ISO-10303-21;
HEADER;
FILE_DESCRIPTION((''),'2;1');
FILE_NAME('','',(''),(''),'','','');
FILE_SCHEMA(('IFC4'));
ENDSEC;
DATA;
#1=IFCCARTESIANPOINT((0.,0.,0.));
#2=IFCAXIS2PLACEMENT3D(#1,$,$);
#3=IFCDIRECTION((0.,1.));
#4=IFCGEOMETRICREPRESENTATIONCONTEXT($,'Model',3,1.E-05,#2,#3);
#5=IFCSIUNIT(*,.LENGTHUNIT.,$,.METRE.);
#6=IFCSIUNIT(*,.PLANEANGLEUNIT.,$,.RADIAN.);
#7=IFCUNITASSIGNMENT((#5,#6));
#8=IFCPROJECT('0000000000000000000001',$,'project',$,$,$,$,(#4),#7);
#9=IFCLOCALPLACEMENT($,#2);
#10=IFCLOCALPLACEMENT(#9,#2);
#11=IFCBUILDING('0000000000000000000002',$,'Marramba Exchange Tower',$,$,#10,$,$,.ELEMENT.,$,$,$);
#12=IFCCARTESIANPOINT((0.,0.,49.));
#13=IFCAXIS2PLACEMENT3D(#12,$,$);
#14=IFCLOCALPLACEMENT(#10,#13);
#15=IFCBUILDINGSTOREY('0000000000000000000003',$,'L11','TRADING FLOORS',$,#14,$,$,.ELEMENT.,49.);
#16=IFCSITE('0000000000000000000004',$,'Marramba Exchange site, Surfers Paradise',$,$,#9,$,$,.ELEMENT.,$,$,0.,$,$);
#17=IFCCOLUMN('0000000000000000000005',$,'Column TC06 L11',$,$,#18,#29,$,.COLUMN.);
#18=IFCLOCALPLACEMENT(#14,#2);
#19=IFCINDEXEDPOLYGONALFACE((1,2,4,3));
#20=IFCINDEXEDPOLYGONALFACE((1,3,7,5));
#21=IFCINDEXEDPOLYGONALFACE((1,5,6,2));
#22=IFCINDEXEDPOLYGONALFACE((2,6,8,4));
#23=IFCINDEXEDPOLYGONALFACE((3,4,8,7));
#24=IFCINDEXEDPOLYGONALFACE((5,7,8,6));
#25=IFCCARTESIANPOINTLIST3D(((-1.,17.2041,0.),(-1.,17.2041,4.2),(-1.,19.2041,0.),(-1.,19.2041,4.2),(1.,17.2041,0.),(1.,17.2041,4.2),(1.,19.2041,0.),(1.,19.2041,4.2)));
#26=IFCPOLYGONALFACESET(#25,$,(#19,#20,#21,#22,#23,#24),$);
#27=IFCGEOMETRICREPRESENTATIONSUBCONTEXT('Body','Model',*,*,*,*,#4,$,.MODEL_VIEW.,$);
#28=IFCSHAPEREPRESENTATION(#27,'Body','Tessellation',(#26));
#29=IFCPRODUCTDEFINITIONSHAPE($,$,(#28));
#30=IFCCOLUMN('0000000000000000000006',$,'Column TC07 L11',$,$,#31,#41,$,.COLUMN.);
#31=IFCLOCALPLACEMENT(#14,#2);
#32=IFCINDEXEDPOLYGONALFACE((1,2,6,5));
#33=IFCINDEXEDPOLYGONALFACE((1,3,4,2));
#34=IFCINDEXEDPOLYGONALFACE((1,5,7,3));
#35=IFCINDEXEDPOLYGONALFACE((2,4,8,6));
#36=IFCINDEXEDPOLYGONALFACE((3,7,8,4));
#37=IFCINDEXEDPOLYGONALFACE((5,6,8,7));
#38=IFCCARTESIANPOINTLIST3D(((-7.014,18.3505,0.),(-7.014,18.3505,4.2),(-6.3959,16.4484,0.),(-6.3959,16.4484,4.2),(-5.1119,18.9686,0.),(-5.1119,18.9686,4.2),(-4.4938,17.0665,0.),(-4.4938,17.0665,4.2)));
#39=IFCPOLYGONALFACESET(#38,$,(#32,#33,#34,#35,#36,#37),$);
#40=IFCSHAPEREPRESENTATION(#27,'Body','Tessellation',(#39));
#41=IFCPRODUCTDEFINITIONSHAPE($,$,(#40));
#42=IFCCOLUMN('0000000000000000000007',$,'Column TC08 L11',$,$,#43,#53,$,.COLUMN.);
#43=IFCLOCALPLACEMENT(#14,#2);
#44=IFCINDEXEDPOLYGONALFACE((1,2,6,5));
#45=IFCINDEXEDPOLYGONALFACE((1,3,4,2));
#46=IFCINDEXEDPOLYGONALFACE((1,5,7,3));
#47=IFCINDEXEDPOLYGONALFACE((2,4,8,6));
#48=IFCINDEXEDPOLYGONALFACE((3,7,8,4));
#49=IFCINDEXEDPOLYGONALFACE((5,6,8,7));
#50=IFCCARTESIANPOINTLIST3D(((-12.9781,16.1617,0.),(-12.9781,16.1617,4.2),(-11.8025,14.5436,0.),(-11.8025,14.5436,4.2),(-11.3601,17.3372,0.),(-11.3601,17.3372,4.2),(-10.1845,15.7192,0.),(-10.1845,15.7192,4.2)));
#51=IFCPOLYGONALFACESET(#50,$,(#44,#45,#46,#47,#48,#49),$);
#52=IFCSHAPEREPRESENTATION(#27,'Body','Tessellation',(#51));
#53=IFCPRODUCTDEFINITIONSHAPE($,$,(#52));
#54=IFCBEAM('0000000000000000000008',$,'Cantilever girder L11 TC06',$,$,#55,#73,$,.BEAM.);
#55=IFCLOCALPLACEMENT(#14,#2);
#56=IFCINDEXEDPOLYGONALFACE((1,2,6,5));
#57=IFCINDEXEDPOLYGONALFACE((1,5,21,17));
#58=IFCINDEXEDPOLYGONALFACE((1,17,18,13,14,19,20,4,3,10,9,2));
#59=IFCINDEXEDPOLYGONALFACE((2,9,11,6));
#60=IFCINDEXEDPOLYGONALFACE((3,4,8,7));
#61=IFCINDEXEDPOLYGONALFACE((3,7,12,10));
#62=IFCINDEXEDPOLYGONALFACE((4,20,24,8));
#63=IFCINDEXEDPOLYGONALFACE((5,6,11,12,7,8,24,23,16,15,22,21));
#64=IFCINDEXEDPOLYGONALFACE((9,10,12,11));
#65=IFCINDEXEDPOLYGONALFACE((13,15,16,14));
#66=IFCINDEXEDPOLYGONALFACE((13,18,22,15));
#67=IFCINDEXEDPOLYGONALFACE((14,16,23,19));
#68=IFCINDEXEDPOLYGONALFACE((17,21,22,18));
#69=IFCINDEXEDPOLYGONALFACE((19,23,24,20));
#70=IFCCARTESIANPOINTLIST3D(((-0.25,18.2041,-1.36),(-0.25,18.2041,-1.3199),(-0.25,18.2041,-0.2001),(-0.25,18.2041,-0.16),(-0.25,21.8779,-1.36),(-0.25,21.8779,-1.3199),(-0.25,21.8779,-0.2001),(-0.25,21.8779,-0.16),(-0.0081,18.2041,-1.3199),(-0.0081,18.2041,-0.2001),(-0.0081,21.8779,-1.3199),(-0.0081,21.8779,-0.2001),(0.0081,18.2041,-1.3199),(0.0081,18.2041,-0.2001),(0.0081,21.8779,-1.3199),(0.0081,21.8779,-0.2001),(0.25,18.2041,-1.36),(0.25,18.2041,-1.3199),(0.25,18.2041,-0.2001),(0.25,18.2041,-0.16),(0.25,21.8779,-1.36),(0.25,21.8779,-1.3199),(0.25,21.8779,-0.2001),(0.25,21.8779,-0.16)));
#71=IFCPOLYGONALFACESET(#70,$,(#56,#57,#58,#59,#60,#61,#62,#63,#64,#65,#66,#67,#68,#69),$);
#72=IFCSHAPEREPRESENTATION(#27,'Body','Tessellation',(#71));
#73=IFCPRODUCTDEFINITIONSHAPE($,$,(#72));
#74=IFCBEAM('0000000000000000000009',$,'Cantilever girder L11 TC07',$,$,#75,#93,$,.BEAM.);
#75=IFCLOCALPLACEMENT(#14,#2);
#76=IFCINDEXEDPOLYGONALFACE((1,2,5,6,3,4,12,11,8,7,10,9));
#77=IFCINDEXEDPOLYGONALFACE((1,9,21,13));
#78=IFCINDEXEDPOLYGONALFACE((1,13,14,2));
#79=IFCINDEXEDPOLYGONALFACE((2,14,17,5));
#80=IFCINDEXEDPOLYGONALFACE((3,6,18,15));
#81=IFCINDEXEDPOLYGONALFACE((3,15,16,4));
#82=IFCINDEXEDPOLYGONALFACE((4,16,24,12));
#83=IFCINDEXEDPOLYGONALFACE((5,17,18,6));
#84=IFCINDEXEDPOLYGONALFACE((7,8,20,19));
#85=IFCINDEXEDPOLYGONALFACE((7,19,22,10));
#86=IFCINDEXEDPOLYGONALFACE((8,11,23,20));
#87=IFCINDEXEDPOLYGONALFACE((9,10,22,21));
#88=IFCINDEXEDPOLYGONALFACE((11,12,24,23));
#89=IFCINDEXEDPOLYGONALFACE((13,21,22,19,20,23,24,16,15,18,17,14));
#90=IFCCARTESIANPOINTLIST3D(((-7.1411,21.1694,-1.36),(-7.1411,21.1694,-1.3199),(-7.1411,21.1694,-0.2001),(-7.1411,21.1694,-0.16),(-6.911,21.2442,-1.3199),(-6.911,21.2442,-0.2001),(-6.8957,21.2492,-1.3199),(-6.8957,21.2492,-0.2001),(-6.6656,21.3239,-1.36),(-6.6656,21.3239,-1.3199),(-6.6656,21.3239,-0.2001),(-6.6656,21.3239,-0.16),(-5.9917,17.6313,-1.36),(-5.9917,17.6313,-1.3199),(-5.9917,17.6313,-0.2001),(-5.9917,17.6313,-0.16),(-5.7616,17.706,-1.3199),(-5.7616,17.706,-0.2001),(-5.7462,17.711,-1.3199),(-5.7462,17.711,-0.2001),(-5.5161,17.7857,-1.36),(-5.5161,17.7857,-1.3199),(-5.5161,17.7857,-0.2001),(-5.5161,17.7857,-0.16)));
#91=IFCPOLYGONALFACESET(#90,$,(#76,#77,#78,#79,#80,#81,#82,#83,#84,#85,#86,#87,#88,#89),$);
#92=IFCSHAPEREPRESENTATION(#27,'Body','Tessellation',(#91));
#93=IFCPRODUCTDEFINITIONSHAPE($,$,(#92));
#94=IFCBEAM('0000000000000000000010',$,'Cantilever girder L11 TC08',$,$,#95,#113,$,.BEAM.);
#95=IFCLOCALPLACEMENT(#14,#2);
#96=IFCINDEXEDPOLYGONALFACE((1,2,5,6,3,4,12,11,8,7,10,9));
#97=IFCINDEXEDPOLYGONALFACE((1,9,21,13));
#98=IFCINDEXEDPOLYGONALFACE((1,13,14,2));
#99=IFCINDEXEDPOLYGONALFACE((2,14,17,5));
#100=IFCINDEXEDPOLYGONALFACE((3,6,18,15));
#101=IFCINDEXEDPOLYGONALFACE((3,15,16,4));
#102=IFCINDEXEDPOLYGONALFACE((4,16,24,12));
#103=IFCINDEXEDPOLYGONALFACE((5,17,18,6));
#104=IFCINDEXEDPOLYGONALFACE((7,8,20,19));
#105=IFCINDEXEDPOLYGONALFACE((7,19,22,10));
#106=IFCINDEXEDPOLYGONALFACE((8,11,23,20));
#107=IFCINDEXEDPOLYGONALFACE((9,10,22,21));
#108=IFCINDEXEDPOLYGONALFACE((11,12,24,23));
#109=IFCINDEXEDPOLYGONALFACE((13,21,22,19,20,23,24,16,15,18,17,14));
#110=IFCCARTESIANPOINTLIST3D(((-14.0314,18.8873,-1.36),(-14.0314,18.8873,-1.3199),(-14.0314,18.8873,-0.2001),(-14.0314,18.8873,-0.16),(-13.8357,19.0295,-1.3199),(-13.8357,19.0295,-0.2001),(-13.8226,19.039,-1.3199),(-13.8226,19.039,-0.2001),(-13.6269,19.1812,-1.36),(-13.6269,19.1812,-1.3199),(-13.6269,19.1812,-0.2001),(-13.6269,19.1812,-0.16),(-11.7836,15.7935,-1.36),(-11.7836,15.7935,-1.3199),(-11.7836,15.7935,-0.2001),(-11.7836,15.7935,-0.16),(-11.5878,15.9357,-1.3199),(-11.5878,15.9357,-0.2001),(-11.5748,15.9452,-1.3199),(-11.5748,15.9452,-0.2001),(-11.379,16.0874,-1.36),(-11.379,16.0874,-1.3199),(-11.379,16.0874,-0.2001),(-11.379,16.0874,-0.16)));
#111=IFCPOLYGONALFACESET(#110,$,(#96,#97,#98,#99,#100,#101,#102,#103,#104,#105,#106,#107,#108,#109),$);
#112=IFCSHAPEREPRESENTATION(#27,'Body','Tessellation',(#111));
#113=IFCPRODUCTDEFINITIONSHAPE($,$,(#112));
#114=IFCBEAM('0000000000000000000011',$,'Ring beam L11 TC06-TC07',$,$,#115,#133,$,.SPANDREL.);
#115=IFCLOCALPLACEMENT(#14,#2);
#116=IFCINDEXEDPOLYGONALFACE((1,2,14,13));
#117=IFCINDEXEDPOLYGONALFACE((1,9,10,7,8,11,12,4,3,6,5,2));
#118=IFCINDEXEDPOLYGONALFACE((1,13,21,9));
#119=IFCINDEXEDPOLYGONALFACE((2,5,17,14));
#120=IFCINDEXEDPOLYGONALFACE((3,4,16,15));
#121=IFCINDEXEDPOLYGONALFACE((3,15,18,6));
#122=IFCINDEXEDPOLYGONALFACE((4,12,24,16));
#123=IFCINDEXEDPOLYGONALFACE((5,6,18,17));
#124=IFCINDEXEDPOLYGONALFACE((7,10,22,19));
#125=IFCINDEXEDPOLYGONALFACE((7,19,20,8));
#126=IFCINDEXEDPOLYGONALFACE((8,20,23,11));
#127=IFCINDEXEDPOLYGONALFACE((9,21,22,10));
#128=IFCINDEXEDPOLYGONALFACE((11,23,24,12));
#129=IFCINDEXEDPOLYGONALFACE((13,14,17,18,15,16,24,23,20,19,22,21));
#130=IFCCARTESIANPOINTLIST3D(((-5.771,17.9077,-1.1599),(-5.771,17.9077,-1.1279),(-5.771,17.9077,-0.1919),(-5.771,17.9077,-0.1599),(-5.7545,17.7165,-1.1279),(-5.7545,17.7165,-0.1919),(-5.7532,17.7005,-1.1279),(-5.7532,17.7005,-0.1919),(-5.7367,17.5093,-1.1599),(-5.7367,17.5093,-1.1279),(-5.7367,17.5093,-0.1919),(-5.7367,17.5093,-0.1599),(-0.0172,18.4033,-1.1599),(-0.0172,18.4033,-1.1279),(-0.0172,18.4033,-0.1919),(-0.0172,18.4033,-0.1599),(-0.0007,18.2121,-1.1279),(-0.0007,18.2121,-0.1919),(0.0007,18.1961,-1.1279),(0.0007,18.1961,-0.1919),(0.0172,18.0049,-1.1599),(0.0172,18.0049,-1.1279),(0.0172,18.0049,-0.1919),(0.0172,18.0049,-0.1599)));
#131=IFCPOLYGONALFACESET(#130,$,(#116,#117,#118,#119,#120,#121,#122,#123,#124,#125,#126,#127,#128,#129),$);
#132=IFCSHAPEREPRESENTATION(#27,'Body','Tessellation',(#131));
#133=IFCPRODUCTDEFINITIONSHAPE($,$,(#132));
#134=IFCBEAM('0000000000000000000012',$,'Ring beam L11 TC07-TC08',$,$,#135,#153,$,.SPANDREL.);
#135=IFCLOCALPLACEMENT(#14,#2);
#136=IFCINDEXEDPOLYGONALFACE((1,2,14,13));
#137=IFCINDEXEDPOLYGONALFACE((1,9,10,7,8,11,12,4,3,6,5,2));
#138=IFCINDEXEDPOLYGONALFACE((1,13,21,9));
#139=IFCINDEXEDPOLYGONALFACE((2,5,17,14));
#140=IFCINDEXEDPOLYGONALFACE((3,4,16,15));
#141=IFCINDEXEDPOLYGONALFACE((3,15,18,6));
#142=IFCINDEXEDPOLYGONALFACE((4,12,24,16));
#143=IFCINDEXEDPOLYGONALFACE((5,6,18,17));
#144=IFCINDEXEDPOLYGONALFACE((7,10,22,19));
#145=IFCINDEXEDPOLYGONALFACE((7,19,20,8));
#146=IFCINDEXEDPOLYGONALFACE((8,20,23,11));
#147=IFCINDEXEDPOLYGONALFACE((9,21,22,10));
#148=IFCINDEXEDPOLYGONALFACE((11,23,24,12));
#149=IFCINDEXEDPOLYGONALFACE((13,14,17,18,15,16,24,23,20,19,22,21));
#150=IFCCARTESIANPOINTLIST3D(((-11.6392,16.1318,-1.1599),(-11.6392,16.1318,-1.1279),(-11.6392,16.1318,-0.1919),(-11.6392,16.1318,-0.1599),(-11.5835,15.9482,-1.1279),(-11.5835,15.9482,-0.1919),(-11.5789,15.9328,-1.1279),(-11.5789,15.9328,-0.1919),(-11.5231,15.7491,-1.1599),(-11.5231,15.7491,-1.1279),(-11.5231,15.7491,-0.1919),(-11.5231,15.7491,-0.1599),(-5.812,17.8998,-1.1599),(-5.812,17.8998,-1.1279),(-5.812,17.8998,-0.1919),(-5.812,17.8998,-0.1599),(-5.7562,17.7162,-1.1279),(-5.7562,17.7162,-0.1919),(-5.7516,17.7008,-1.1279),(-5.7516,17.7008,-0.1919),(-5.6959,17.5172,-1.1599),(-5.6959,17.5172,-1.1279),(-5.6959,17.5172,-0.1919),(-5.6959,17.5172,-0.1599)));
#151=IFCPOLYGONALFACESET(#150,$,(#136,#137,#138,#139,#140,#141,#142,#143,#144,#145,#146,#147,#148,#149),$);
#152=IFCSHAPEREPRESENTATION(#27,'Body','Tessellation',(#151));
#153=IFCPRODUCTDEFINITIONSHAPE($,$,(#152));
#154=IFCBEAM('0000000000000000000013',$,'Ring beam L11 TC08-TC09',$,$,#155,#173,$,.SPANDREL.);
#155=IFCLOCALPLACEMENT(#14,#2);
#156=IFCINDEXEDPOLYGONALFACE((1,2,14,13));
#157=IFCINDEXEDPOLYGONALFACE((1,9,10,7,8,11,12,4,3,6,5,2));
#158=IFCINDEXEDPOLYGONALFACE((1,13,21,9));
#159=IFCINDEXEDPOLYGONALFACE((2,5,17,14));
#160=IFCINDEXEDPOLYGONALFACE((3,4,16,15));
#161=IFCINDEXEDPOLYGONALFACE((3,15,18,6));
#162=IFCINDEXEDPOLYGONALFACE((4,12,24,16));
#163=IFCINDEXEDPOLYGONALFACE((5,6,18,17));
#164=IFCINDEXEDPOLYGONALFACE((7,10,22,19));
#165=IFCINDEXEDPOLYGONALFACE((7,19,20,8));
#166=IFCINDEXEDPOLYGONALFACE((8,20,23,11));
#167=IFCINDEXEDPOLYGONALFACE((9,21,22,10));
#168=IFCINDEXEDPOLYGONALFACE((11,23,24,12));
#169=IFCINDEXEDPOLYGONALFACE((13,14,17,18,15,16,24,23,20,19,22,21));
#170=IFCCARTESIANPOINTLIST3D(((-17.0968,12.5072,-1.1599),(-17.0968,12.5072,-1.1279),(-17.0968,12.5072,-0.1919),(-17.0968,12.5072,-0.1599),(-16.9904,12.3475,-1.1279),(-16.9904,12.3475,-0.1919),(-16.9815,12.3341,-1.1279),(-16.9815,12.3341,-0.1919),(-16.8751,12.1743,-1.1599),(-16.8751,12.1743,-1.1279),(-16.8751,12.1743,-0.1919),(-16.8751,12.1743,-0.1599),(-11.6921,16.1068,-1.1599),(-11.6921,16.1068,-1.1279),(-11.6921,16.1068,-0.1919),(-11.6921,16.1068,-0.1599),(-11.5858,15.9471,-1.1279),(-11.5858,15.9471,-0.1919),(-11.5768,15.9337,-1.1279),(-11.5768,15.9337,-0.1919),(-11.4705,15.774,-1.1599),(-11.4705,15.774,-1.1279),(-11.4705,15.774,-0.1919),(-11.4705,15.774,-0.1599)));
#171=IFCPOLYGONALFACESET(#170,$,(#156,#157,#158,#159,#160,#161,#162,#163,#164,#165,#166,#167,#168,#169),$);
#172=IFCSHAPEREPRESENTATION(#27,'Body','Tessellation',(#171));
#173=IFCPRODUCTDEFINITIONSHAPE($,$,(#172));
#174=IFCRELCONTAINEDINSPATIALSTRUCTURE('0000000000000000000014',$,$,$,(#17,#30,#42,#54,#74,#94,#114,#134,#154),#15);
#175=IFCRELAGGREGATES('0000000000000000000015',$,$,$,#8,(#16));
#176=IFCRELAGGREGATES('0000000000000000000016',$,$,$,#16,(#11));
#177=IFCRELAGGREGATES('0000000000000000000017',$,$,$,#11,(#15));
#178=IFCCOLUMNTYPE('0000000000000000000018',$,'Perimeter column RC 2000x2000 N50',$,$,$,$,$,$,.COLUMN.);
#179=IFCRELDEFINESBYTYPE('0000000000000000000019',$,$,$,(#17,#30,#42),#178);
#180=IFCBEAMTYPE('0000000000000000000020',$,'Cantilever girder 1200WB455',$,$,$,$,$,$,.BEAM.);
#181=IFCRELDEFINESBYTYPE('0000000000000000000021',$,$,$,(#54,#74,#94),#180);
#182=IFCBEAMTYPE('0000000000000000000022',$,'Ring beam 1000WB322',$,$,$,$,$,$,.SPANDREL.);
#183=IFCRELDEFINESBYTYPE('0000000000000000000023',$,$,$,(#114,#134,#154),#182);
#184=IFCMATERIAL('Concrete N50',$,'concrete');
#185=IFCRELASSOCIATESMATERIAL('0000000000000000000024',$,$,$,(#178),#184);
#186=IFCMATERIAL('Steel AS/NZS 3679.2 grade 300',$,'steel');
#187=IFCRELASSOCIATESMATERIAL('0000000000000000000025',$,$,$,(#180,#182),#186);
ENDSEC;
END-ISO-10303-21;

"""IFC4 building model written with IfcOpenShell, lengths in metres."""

from ifc_helpers import new_model, si_unit, direction, frame, origin, origin_2d, place, context, subcontext, project, spatial, rectangle, i_section, extrude, material, material_profile, profile_set, type_object, element, save


model = new_model("IFC4")

# Units and contexts
model_context = context("Model", 3, precision=1e-05, world=origin(), true_north=direction((0.0, 1.0)))
body_context = subcontext(model_context, "Body", "Model", "MODEL_VIEW")
ifc_project = project(units=[si_unit("LENGTHUNIT", "METRE"), si_unit("PLANEANGLEUNIT", "RADIAN")], contexts=[model_context])

# Site, building, storey
site_placement = place(None, origin())
site = spatial("IfcSite", under=ifc_project, at=site_placement, Name="Marramba Exchange site, Surfers Paradise", CompositionType="ELEMENT", RefElevation=0.0)
building_placement = place(site_placement, origin())
building = spatial("IfcBuilding", under=site, at=building_placement, Name="Marramba Exchange Tower", CompositionType="ELEMENT")
storey_placement = place(building_placement, frame((0.0, 0.0, 49.0)))
storey = spatial("IfcBuildingStorey", under=building, at=storey_placement, Name="L11", Description="TRADING FLOORS", CompositionType="ELEMENT", Elevation=49.0)

# Columns
ifc_material_1 = material(Name="Concrete N50", Category="concrete")
ifc_material_profile_1 = material_profile(ifc_material_1, rectangle(XDim=2.0, YDim=2.0, at=origin_2d()), Name="RC 2000x2000")
ifc_profile_set_1 = profile_set([ifc_material_profile_1], Name="Concrete N50")
column_type = type_object("IfcColumnType", Name="Perimeter column RC 2000x2000 N50", PredefinedType="COLUMN", material=ifc_profile_set_1)
for number, where, z_axis, x_axis, name in (
    (1, (0.0, 18.2041, 0.0), (0.0, 0.0, 1.0), (0.0, 1.0, 0.0), "Column TC06 L11"),
    (2, (-5.7539, 17.7085, 0.0), (0.0, 0.0, 1.0), (-0.309017, 0.951057, 0.0), "Column TC07 L11"),
    (3, (-11.5813, 15.9404, 0.0), (0.0, 0.0, 1.0), (-0.587785, 0.809017, 0.0), "Column TC08 L11"),
):
    element("IfcColumn", number, at=place(storey_placement, frame(where, z_axis=z_axis, x_axis=x_axis)), inside=storey, type_object=column_type, Name=name, PredefinedType="COLUMN", context=body_context, shape_type="SweptSolid", body=[
        extrude(rectangle(XDim=2.0, YDim=2.0, at=origin_2d()), origin(), (0.0, 0.0, 1.0), 4.2),
    ])

# Beams
ifc_material_2 = material(Name="Steel AS/NZS 3679.2 grade 300", Category="steel")
ifc_material_profile_2 = material_profile(ifc_material_2, i_section(OverallWidth=0.5, OverallDepth=1.2, WebThickness=0.0161, FlangeThickness=0.04, at=origin_2d()), Name="1200WB455")
ifc_profile_set_2 = profile_set([ifc_material_profile_2], Name="Steel AS/NZS 3679.2 grade 300")
beam_type_1 = type_object("IfcBeamType", Name="Cantilever girder 1200WB455", PredefinedType="BEAM", material=ifc_profile_set_2)
beam_1_placement = place(storey_placement, frame((0.0, 18.2041, -0.76), z_axis=(0.0, 1.0, 0.0), x_axis=(-1.0, 0.0, 0.0)))
element("IfcBeam", 4, at=beam_1_placement, inside=storey, type_object=beam_type_1, Name="Cantilever girder L11 TC06", PredefinedType="BEAM", context=body_context, shape_type="SweptSolid", body=[
    extrude(i_section(OverallWidth=0.5, OverallDepth=1.2, WebThickness=0.0161, FlangeThickness=0.04, at=origin_2d()), origin(), (0.0, 0.0, 1.0), 3.6738),
])
beam_2_placement = place(storey_placement, frame((-5.7539, 17.7085, -0.76), z_axis=(-0.308973, 0.951071, 0.0), x_axis=(-0.951071, -0.308973, 0.0)))
element("IfcBeam", 5, at=beam_2_placement, inside=storey, type_object=beam_type_1, Name="Cantilever girder L11 TC07", PredefinedType="BEAM", context=body_context, shape_type="SweptSolid", body=[
    extrude(i_section(OverallWidth=0.5, OverallDepth=1.2, WebThickness=0.0161, FlangeThickness=0.04, at=origin_2d()), origin(), (0.0, 0.0, 1.0), 3.7202),
])
beam_3_placement = place(storey_placement, frame((-11.5813, 15.9404, -0.76), z_axis=(-0.587796, 0.809009, 0.0), x_axis=(-0.809009, -0.587796, 0.0)))
element("IfcBeam", 6, at=beam_3_placement, inside=storey, type_object=beam_type_1, Name="Cantilever girder L11 TC08", PredefinedType="BEAM", context=body_context, shape_type="SweptSolid", body=[
    extrude(i_section(OverallWidth=0.5, OverallDepth=1.2, WebThickness=0.0161, FlangeThickness=0.04, at=origin_2d()), origin(), (0.0, 0.0, 1.0), 3.8242),
])
ifc_material_profile_3 = material_profile(ifc_material_2, i_section(OverallWidth=0.3999, OverallDepth=1.0, WebThickness=0.0161, FlangeThickness=0.032, at=origin_2d()), Name="1000WB322")
ifc_profile_set_3 = profile_set([ifc_material_profile_3], Name="Steel AS/NZS 3679.2 grade 300")
beam_type_2 = type_object("IfcBeamType", Name="Ring beam 1000WB322", PredefinedType="SPANDREL", material=ifc_profile_set_3)
beam_4_placement = place(storey_placement, frame((0.0, 18.2041, -0.6599), z_axis=(-0.996311, -0.085816, 0.0), x_axis=(0.085816, -0.996311, 0.0)))
element("IfcBeam", 7, at=beam_4_placement, inside=storey, type_object=beam_type_2, Name="Ring beam L11 TC06-TC07", PredefinedType="SPANDREL", context=body_context, shape_type="SweptSolid", body=[
    extrude(i_section(OverallWidth=0.3999, OverallDepth=1.0, WebThickness=0.0161, FlangeThickness=0.032, at=origin_2d()), origin(), (0.0, 0.0, 1.0), 5.7751),
])
beam_5_placement = place(storey_placement, frame((-5.7539, 17.7085, -0.6599), z_axis=(-0.956925, -0.290337, 0.0), x_axis=(0.290337, -0.956925, 0.0)))
element("IfcBeam", 8, at=beam_5_placement, inside=storey, type_object=beam_type_2, Name="Ring beam L11 TC07-TC08", PredefinedType="SPANDREL", context=body_context, shape_type="SweptSolid", body=[
    extrude(i_section(OverallWidth=0.3999, OverallDepth=1.0, WebThickness=0.0161, FlangeThickness=0.032, at=origin_2d()), origin(), (0.0, 0.0, 1.0), 6.0896),
])
beam_6_placement = place(storey_placement, frame((-11.5813, 15.9404, -0.6599), z_axis=(-0.832293, -0.554336, 0.0), x_axis=(0.554336, -0.832293, 0.0)))
element("IfcBeam", 9, at=beam_6_placement, inside=storey, type_object=beam_type_2, Name="Ring beam L11 TC08-TC09", PredefinedType="SPANDREL", context=body_context, shape_type="SweptSolid", body=[
    extrude(i_section(OverallWidth=0.3999, OverallDepth=1.0, WebThickness=0.0161, FlangeThickness=0.032, at=origin_2d()), origin(), (0.0, 0.0, 1.0), 6.4937),
])

save(model, "model.ifc")
